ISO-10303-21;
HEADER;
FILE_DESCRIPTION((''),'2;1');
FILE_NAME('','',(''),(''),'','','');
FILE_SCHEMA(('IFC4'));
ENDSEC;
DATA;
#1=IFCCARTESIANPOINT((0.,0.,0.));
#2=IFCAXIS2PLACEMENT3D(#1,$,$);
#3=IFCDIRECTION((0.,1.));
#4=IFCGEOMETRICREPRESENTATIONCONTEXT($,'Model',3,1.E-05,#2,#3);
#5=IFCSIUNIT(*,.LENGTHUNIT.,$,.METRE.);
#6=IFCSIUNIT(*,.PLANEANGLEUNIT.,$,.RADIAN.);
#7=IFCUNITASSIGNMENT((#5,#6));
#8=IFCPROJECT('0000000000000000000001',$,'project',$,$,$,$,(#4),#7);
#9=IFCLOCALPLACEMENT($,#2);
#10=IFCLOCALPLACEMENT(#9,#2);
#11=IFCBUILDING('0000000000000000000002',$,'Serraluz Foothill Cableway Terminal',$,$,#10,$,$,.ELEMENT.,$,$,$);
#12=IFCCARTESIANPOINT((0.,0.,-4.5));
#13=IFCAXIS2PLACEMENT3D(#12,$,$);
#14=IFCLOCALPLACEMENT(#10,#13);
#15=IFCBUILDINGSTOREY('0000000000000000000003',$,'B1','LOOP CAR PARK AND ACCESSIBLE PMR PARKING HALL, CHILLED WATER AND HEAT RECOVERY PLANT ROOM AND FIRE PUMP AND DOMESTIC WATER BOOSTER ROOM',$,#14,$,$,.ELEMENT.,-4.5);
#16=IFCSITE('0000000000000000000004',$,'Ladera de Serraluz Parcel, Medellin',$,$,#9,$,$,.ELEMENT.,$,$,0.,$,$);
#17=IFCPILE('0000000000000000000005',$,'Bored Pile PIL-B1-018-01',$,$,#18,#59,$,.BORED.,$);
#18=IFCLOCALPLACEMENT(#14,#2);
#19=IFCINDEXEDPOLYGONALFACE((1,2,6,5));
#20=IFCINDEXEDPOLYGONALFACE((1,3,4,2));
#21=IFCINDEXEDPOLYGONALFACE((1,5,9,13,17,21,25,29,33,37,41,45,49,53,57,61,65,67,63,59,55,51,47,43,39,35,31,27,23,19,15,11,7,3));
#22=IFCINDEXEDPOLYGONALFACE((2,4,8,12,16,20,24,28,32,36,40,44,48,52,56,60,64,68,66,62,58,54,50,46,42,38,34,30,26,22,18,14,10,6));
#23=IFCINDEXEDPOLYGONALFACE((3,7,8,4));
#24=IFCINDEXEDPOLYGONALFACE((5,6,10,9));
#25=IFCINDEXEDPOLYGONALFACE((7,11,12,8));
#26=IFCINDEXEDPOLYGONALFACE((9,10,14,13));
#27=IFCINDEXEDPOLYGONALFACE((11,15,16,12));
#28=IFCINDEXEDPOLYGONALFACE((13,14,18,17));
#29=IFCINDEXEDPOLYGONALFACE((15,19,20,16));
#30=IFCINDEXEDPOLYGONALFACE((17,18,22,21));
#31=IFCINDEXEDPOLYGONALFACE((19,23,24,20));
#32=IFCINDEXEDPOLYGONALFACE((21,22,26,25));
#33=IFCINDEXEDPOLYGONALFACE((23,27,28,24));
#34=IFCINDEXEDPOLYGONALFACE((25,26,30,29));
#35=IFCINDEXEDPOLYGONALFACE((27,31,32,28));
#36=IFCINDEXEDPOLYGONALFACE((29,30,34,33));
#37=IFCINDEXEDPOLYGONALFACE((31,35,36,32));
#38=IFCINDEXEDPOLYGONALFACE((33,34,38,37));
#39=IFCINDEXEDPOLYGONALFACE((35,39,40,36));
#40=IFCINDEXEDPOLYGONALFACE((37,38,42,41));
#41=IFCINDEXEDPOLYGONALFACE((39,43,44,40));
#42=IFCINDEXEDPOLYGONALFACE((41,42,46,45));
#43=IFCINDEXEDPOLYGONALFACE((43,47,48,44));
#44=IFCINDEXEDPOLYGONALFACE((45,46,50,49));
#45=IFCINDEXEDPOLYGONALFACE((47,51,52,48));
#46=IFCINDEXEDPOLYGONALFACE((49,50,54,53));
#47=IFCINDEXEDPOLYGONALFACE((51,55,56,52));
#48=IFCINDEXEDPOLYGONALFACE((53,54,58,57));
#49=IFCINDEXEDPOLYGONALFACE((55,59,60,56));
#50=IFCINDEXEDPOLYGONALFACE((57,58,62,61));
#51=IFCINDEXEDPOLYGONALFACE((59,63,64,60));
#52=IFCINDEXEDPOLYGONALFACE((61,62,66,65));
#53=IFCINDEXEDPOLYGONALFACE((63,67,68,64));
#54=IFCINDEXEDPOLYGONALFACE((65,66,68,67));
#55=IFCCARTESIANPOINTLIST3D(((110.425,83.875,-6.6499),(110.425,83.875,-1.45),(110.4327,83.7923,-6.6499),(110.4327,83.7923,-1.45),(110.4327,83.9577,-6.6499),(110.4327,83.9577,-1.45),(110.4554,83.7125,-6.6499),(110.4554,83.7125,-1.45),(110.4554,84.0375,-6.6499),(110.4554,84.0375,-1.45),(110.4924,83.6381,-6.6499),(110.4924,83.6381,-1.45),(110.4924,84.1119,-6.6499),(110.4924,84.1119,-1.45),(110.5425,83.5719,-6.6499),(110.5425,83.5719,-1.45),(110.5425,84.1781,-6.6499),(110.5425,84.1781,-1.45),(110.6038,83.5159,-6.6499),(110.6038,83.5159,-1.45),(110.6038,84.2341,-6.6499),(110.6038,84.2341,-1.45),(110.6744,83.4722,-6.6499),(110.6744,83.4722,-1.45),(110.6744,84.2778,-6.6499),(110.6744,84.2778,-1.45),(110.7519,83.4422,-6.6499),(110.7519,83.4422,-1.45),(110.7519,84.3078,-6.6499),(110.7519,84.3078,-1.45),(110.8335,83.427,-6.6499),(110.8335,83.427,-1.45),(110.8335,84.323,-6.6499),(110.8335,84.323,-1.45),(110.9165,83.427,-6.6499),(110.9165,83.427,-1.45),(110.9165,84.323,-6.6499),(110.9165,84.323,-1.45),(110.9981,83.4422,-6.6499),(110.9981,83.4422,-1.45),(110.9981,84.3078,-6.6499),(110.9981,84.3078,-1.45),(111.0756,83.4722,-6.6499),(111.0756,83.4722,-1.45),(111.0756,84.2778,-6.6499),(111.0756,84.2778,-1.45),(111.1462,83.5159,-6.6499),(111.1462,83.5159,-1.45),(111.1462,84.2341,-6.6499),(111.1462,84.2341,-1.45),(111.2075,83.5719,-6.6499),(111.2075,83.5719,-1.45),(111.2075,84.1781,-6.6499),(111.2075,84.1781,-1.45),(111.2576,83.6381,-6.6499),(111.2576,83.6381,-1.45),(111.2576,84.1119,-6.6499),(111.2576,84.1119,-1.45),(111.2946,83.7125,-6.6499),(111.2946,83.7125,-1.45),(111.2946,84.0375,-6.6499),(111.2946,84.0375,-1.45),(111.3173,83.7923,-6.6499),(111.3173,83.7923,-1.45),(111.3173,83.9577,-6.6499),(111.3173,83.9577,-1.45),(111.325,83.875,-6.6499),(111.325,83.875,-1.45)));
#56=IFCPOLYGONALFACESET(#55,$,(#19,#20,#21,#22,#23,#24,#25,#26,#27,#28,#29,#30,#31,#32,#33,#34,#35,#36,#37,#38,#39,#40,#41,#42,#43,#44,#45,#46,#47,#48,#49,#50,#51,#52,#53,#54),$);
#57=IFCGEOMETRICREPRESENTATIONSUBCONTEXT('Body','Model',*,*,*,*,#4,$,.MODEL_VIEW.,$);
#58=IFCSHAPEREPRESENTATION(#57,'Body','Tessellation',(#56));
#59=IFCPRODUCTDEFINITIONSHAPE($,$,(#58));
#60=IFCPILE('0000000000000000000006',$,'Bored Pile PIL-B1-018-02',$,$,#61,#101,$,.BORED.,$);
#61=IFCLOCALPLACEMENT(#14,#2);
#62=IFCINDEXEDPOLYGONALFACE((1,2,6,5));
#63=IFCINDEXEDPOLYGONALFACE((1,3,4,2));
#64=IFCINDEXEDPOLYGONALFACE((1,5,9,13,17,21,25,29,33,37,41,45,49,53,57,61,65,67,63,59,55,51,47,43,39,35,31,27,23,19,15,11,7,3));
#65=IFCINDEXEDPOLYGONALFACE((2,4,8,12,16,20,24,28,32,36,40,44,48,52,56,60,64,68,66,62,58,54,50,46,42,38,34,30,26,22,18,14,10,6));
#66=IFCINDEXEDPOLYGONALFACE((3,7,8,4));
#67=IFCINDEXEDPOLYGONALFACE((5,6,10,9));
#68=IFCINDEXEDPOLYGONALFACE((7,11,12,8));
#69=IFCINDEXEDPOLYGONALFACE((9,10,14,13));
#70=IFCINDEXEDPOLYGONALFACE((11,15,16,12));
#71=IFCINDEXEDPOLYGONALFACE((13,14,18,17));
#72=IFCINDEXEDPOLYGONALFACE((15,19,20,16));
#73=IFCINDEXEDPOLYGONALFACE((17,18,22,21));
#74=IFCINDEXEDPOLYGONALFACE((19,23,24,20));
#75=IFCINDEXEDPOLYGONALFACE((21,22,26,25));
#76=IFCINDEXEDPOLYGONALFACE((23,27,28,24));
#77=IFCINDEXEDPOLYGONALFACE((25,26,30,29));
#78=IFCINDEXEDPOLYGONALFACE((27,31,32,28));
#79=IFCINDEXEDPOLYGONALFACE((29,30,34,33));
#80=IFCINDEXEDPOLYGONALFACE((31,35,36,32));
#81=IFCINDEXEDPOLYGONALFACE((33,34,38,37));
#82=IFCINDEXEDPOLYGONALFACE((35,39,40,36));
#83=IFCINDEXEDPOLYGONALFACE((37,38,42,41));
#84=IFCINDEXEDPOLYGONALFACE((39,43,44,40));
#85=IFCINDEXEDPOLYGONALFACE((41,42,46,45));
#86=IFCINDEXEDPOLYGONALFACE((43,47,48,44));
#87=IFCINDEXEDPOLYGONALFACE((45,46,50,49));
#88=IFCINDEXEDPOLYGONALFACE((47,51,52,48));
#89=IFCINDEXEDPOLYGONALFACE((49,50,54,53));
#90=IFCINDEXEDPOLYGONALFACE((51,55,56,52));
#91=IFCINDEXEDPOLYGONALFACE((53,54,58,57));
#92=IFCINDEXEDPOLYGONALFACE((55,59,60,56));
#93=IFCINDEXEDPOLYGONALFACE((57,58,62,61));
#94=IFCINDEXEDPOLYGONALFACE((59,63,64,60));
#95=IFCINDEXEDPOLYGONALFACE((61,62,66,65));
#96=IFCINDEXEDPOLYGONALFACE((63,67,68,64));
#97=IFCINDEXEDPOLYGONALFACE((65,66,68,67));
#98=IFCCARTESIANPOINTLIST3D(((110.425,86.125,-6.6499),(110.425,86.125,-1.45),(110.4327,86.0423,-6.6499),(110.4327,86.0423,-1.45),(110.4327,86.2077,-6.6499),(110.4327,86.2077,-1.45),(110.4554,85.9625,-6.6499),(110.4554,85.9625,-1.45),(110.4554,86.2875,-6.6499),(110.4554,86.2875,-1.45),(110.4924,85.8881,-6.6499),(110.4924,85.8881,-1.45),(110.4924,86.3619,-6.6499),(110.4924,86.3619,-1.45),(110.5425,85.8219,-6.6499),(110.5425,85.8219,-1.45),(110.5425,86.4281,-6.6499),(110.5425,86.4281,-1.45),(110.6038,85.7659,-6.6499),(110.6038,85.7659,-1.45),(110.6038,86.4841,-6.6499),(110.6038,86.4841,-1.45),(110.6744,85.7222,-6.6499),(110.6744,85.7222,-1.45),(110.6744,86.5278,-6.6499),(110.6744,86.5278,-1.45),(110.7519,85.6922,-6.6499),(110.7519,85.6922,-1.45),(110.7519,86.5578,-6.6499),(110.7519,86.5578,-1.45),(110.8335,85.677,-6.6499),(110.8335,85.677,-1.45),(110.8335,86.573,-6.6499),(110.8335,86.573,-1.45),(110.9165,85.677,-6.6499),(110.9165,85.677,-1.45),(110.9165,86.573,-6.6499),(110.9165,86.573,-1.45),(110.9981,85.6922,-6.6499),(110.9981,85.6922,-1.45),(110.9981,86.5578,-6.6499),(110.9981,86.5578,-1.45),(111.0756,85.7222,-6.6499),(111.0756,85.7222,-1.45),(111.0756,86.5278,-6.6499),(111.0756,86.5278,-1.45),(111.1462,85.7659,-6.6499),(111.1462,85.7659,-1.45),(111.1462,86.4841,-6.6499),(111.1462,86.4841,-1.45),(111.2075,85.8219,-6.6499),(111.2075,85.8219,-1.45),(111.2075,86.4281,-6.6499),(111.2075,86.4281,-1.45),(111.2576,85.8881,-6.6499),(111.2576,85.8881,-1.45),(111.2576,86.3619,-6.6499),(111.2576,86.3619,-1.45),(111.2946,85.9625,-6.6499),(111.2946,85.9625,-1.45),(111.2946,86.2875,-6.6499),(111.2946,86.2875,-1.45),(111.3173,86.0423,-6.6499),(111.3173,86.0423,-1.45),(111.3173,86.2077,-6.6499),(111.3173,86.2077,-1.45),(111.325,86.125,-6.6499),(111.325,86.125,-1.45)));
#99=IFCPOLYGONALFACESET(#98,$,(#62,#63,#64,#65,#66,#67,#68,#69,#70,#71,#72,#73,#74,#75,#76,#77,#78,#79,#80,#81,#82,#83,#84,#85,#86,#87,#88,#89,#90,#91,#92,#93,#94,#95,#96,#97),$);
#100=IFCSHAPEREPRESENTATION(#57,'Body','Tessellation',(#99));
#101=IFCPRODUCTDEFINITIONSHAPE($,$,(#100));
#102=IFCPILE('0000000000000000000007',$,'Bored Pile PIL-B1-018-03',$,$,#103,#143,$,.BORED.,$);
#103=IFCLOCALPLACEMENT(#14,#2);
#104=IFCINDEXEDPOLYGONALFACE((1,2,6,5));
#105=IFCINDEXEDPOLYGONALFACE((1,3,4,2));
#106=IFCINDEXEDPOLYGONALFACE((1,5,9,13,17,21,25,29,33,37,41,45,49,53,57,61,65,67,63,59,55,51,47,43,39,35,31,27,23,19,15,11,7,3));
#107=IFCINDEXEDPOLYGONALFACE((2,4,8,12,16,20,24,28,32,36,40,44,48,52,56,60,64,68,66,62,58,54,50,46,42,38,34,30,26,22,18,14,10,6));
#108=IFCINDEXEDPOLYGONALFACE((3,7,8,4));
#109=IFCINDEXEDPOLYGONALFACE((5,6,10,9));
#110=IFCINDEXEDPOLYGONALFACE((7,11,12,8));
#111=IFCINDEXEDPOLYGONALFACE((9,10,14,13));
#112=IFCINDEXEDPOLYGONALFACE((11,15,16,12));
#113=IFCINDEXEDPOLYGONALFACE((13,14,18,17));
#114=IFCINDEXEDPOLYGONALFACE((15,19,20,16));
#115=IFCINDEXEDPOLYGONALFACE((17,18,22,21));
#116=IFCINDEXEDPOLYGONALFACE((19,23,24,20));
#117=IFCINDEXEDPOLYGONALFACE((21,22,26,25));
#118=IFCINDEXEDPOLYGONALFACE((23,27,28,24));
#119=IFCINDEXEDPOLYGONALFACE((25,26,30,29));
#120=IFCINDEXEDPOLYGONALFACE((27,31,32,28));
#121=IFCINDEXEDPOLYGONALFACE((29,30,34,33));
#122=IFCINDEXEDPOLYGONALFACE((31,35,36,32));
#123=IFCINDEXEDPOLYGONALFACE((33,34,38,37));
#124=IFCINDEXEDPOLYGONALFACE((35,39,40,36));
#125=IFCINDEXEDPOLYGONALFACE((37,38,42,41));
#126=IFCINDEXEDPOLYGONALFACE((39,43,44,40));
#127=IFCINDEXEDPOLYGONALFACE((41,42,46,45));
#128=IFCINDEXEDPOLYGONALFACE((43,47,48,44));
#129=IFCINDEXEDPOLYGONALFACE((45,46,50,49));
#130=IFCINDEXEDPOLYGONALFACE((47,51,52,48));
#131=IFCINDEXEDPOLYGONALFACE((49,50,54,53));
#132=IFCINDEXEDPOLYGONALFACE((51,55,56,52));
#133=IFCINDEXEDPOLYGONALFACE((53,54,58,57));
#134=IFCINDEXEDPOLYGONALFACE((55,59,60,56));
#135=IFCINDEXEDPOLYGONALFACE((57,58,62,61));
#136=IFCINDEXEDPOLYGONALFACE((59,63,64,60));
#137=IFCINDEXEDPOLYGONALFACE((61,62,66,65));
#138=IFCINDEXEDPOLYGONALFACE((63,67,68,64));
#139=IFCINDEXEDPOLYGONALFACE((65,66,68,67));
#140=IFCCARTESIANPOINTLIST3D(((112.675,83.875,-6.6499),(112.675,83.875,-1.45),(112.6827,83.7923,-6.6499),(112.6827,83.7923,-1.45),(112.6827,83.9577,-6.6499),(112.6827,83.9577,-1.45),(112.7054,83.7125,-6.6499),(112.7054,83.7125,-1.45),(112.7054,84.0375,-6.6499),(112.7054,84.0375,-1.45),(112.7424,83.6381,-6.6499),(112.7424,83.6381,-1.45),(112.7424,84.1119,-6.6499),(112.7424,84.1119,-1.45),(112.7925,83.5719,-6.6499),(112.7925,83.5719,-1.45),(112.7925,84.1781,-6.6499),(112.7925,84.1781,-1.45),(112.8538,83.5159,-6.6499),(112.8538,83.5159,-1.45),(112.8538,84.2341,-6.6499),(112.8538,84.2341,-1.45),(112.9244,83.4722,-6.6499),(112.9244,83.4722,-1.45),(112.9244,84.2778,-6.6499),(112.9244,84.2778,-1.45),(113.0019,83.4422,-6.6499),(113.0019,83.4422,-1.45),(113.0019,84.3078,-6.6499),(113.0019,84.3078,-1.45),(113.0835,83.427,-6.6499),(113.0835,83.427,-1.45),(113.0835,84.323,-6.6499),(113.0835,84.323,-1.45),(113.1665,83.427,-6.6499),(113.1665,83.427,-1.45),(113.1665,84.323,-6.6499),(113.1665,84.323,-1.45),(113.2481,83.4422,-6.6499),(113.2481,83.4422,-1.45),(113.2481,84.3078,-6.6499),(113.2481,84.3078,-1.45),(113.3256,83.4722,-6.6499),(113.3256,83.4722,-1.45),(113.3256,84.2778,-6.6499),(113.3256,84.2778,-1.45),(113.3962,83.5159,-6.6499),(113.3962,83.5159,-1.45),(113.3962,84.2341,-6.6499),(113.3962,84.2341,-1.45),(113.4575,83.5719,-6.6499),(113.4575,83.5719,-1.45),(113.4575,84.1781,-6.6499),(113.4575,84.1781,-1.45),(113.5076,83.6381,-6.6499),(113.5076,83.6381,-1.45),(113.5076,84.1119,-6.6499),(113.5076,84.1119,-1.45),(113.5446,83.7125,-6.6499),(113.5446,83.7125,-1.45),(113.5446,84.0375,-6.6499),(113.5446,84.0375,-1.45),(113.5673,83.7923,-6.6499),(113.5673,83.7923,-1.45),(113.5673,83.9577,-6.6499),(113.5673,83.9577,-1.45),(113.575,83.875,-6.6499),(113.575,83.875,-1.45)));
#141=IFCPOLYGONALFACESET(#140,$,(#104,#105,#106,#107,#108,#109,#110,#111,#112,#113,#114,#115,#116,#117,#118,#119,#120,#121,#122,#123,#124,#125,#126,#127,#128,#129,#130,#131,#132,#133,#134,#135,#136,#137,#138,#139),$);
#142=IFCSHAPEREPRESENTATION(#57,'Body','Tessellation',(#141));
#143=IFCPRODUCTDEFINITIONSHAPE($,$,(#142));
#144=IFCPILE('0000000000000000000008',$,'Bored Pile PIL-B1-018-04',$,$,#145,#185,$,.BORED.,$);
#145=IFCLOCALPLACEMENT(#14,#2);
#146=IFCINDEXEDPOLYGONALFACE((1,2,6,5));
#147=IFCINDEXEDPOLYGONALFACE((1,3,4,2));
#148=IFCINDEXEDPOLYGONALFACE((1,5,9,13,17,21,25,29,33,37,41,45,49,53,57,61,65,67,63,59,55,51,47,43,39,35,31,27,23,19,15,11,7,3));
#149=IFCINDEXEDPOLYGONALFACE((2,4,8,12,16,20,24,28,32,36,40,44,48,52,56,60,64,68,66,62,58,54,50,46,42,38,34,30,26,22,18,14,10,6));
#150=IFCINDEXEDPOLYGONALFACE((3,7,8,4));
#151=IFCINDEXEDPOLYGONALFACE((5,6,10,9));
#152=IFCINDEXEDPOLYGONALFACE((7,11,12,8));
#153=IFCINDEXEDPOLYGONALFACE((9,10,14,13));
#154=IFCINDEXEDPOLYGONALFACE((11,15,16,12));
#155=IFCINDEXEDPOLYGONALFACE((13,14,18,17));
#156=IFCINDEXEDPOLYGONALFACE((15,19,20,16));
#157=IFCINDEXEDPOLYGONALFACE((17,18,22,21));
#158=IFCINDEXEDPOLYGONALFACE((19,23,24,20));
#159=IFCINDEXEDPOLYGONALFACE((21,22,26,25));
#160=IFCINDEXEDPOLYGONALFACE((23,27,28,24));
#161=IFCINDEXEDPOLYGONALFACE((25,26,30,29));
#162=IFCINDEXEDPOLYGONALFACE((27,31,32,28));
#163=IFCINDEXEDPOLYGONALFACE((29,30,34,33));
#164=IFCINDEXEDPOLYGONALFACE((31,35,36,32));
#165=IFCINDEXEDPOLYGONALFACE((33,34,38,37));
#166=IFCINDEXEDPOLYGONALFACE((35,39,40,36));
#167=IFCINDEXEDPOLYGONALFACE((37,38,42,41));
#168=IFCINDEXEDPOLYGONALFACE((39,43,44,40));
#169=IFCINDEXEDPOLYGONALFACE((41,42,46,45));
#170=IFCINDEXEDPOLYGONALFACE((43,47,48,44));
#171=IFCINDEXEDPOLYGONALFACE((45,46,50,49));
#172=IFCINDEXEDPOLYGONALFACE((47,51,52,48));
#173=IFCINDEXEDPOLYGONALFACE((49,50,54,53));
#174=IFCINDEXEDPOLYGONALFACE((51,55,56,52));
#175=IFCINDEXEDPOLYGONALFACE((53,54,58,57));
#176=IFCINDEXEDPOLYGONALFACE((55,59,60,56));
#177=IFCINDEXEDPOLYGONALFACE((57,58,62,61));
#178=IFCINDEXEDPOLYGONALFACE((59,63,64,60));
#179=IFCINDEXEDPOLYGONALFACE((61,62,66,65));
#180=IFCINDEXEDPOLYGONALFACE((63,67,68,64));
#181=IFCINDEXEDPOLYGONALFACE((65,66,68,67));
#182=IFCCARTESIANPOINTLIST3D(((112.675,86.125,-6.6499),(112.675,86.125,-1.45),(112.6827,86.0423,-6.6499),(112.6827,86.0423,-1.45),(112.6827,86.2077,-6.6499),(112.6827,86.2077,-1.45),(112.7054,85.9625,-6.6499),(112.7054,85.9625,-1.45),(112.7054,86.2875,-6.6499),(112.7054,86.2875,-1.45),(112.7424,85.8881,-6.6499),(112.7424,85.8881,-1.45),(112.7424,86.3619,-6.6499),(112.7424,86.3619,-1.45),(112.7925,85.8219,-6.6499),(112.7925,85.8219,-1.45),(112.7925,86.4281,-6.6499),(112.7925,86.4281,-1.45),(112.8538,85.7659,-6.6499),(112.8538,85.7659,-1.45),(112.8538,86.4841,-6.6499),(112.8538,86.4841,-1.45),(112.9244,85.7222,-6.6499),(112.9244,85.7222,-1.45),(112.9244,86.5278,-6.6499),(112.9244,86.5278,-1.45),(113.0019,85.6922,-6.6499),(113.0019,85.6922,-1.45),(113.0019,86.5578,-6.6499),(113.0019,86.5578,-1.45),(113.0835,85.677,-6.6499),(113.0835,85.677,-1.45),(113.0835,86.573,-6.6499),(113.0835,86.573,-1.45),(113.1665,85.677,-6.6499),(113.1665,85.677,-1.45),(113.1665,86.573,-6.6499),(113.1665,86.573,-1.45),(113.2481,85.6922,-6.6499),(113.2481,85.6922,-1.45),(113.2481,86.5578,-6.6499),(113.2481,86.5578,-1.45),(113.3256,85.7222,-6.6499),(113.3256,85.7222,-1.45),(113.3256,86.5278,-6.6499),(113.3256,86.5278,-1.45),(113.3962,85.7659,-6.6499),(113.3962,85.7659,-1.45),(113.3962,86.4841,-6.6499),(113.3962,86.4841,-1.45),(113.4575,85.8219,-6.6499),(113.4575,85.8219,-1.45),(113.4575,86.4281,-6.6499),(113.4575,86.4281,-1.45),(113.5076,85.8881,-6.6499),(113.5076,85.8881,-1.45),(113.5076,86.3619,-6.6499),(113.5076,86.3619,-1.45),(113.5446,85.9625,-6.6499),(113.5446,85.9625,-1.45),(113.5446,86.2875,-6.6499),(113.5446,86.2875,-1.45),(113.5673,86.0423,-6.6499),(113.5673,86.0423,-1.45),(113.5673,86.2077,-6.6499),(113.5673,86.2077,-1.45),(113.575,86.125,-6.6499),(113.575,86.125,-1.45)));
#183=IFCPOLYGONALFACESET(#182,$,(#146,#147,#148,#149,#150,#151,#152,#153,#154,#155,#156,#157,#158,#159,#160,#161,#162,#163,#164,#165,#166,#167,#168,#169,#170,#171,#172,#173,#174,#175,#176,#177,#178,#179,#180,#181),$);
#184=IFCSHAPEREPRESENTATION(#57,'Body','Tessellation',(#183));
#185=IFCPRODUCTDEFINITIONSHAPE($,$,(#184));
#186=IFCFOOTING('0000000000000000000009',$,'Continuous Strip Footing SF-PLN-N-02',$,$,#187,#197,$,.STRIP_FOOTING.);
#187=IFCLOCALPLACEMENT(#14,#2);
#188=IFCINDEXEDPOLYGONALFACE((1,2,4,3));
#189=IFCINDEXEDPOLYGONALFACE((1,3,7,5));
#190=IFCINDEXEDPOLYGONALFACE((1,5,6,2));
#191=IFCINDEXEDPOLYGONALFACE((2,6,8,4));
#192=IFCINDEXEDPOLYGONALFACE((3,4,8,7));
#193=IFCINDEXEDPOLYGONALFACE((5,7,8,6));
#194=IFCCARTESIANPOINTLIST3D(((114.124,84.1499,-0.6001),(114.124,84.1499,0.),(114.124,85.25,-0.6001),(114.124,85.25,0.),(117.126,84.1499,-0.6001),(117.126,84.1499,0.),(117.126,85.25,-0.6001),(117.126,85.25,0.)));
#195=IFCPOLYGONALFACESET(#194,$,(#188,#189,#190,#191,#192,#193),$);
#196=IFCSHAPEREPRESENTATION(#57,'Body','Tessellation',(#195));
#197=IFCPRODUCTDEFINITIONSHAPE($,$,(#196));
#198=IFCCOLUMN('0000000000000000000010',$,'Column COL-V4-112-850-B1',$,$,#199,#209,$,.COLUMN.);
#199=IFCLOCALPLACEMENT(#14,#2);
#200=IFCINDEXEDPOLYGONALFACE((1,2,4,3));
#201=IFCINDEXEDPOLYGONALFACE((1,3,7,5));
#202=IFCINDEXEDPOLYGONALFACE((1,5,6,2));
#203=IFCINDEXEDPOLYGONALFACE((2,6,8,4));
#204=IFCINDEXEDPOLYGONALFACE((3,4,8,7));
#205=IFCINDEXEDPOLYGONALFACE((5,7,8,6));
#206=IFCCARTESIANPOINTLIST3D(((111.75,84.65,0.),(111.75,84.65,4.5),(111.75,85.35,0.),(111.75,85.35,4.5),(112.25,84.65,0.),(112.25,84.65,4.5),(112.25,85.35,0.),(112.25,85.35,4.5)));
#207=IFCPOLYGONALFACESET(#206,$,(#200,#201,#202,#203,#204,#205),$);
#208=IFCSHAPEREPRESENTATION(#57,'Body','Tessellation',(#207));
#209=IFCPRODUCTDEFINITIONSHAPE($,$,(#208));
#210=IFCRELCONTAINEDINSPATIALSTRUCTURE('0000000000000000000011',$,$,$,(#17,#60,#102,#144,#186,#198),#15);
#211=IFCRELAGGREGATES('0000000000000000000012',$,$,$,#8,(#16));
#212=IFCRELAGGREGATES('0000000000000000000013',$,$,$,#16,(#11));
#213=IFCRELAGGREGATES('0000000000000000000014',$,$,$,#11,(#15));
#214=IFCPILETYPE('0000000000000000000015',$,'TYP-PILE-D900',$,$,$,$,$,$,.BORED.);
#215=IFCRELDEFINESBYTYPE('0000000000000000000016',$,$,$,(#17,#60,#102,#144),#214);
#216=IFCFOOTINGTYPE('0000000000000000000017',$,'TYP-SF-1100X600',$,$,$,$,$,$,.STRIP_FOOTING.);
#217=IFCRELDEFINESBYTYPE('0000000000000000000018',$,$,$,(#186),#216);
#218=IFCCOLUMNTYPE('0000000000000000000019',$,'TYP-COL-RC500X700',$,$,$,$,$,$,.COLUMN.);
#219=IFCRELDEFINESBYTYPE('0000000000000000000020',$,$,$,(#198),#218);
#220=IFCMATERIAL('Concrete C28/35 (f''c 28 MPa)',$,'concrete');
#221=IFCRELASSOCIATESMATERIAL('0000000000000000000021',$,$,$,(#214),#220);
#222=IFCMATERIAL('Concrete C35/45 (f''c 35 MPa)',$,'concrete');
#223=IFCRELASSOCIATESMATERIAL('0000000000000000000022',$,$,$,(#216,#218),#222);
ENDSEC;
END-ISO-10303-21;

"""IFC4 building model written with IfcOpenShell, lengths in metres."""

from ifc_helpers import new_model, si_unit, direction, frame, origin, origin_2d, place, context, subcontext, project, spatial, rectangle, circle, extrude, material, material_profile, profile_set, type_object, element, save


model = new_model("IFC4")

# Units and contexts
model_context = context("Model", 3, precision=1e-05, world=origin(), true_north=direction((0.0, 1.0)))
body_context = subcontext(model_context, "Body", "Model", "MODEL_VIEW")
ifc_project = project(units=[si_unit("LENGTHUNIT", "METRE"), si_unit("PLANEANGLEUNIT", "RADIAN")], contexts=[model_context])

# Site, building, storey
site_placement = place(None, origin())
site = spatial("IfcSite", under=ifc_project, at=site_placement, Name="Ladera de Serraluz Parcel, Medellin", CompositionType="ELEMENT", RefElevation=0.0)
building_placement = place(site_placement, origin())
building = spatial("IfcBuilding", under=site, at=building_placement, Name="Serraluz Foothill Cableway Terminal", CompositionType="ELEMENT")
storey_placement = place(building_placement, frame((0.0, 0.0, -4.5)))
storey = spatial("IfcBuildingStorey", under=building, at=storey_placement, Name="B1", Description="LOOP CAR PARK AND ACCESSIBLE PMR PARKING HALL, CHILLED WATER AND HEAT RECOVERY PLANT ROOM AND FIRE PUMP AND DOMESTIC WATER BOOSTER ROOM", CompositionType="ELEMENT", Elevation=-4.5)

# Shared definitions
ifc_material_1 = material(Name="Concrete C35/45 (f'c 35 MPa)", Category="concrete")

# Piles
ifc_material_2 = material(Name="Concrete C28/35 (f'c 28 MPa)", Category="concrete")
ifc_material_profile_1 = material_profile(ifc_material_2, circle(Radius=0.45, at=origin_2d()), Name="BORED PILE D900")
ifc_profile_set_1 = profile_set([ifc_material_profile_1], Name="Concrete C28/35 (f'c 28 MPa)")
pile_type = type_object("IfcPileType", Name="TYP-PILE-D900", PredefinedType="BORED", material=ifc_profile_set_1)
for number, where, z_axis, x_axis, name in (
    (1, (110.875, 83.875, -1.45), (0.0, 0.0, -1.0), (1.0, 0.0, 0.0), "Bored Pile PIL-B1-018-01"),
    (2, (110.875, 86.125, -1.45), (0.0, 0.0, -1.0), (1.0, 0.0, 0.0), "Bored Pile PIL-B1-018-02"),
    (3, (113.125, 83.875, -1.45), (0.0, 0.0, -1.0), (1.0, 0.0, 0.0), "Bored Pile PIL-B1-018-03"),
    (4, (113.125, 86.125, -1.45), (0.0, 0.0, -1.0), (1.0, 0.0, 0.0), "Bored Pile PIL-B1-018-04"),
):
    element("IfcPile", number, at=place(storey_placement, frame(where, z_axis=z_axis, x_axis=x_axis)), inside=storey, type_object=pile_type, Name=name, PredefinedType="BORED", context=body_context, shape_type="SweptSolid", body=[
        extrude(circle(Radius=0.45, at=origin_2d()), origin(), (0.0, 0.0, 1.0), 5.2),
    ])

# Footing
ifc_material_profile_2 = material_profile(ifc_material_1, rectangle(XDim=1.1001, YDim=0.6001, at=origin_2d()), Name="SF 1100x600")
ifc_profile_set_2 = profile_set([ifc_material_profile_2], Name="Concrete C35/45 (f'c 35 MPa)")
footing_type_1 = type_object("IfcFootingType", Name="TYP-SF-1100X600", PredefinedType="STRIP_FOOTING", material=ifc_profile_set_2)
footing_1_placement = place(storey_placement, frame((117.126, 84.7, -0.3), z_axis=(-1.0, 0.0, 0.0), x_axis=(0.0, -1.0, 0.0)))
element("IfcFooting", 5, at=footing_1_placement, inside=storey, type_object=footing_type_1, Name="Continuous Strip Footing SF-PLN-N-02", PredefinedType="STRIP_FOOTING", context=body_context, shape_type="SweptSolid", body=[
    extrude(rectangle(XDim=1.1001, YDim=0.6001, at=origin_2d()), origin(), (0.0, 0.0, 1.0), 3.002),
])

# Column
ifc_material_profile_3 = material_profile(ifc_material_1, rectangle(XDim=0.5, YDim=0.7, at=origin_2d()), Name="RC 500x700")
ifc_profile_set_3 = profile_set([ifc_material_profile_3], Name="Concrete C35/45 (f'c 35 MPa)")
column_type_1 = type_object("IfcColumnType", Name="TYP-COL-RC500X700", PredefinedType="COLUMN", material=ifc_profile_set_3)
column_1_placement = place(storey_placement, frame((112.0, 85.0, 0.0), z_axis=(0.0, 0.0, 1.0), x_axis=(1.0, 0.0, 0.0)))
element("IfcColumn", 6, at=column_1_placement, inside=storey, type_object=column_type_1, Name="Column COL-V4-112-850-B1", PredefinedType="COLUMN", context=body_context, shape_type="SweptSolid", body=[
    extrude(rectangle(XDim=0.5, YDim=0.7, at=origin_2d()), origin(), (0.0, 0.0, 1.0), 4.5),
])

save(model, "model.ifc")
